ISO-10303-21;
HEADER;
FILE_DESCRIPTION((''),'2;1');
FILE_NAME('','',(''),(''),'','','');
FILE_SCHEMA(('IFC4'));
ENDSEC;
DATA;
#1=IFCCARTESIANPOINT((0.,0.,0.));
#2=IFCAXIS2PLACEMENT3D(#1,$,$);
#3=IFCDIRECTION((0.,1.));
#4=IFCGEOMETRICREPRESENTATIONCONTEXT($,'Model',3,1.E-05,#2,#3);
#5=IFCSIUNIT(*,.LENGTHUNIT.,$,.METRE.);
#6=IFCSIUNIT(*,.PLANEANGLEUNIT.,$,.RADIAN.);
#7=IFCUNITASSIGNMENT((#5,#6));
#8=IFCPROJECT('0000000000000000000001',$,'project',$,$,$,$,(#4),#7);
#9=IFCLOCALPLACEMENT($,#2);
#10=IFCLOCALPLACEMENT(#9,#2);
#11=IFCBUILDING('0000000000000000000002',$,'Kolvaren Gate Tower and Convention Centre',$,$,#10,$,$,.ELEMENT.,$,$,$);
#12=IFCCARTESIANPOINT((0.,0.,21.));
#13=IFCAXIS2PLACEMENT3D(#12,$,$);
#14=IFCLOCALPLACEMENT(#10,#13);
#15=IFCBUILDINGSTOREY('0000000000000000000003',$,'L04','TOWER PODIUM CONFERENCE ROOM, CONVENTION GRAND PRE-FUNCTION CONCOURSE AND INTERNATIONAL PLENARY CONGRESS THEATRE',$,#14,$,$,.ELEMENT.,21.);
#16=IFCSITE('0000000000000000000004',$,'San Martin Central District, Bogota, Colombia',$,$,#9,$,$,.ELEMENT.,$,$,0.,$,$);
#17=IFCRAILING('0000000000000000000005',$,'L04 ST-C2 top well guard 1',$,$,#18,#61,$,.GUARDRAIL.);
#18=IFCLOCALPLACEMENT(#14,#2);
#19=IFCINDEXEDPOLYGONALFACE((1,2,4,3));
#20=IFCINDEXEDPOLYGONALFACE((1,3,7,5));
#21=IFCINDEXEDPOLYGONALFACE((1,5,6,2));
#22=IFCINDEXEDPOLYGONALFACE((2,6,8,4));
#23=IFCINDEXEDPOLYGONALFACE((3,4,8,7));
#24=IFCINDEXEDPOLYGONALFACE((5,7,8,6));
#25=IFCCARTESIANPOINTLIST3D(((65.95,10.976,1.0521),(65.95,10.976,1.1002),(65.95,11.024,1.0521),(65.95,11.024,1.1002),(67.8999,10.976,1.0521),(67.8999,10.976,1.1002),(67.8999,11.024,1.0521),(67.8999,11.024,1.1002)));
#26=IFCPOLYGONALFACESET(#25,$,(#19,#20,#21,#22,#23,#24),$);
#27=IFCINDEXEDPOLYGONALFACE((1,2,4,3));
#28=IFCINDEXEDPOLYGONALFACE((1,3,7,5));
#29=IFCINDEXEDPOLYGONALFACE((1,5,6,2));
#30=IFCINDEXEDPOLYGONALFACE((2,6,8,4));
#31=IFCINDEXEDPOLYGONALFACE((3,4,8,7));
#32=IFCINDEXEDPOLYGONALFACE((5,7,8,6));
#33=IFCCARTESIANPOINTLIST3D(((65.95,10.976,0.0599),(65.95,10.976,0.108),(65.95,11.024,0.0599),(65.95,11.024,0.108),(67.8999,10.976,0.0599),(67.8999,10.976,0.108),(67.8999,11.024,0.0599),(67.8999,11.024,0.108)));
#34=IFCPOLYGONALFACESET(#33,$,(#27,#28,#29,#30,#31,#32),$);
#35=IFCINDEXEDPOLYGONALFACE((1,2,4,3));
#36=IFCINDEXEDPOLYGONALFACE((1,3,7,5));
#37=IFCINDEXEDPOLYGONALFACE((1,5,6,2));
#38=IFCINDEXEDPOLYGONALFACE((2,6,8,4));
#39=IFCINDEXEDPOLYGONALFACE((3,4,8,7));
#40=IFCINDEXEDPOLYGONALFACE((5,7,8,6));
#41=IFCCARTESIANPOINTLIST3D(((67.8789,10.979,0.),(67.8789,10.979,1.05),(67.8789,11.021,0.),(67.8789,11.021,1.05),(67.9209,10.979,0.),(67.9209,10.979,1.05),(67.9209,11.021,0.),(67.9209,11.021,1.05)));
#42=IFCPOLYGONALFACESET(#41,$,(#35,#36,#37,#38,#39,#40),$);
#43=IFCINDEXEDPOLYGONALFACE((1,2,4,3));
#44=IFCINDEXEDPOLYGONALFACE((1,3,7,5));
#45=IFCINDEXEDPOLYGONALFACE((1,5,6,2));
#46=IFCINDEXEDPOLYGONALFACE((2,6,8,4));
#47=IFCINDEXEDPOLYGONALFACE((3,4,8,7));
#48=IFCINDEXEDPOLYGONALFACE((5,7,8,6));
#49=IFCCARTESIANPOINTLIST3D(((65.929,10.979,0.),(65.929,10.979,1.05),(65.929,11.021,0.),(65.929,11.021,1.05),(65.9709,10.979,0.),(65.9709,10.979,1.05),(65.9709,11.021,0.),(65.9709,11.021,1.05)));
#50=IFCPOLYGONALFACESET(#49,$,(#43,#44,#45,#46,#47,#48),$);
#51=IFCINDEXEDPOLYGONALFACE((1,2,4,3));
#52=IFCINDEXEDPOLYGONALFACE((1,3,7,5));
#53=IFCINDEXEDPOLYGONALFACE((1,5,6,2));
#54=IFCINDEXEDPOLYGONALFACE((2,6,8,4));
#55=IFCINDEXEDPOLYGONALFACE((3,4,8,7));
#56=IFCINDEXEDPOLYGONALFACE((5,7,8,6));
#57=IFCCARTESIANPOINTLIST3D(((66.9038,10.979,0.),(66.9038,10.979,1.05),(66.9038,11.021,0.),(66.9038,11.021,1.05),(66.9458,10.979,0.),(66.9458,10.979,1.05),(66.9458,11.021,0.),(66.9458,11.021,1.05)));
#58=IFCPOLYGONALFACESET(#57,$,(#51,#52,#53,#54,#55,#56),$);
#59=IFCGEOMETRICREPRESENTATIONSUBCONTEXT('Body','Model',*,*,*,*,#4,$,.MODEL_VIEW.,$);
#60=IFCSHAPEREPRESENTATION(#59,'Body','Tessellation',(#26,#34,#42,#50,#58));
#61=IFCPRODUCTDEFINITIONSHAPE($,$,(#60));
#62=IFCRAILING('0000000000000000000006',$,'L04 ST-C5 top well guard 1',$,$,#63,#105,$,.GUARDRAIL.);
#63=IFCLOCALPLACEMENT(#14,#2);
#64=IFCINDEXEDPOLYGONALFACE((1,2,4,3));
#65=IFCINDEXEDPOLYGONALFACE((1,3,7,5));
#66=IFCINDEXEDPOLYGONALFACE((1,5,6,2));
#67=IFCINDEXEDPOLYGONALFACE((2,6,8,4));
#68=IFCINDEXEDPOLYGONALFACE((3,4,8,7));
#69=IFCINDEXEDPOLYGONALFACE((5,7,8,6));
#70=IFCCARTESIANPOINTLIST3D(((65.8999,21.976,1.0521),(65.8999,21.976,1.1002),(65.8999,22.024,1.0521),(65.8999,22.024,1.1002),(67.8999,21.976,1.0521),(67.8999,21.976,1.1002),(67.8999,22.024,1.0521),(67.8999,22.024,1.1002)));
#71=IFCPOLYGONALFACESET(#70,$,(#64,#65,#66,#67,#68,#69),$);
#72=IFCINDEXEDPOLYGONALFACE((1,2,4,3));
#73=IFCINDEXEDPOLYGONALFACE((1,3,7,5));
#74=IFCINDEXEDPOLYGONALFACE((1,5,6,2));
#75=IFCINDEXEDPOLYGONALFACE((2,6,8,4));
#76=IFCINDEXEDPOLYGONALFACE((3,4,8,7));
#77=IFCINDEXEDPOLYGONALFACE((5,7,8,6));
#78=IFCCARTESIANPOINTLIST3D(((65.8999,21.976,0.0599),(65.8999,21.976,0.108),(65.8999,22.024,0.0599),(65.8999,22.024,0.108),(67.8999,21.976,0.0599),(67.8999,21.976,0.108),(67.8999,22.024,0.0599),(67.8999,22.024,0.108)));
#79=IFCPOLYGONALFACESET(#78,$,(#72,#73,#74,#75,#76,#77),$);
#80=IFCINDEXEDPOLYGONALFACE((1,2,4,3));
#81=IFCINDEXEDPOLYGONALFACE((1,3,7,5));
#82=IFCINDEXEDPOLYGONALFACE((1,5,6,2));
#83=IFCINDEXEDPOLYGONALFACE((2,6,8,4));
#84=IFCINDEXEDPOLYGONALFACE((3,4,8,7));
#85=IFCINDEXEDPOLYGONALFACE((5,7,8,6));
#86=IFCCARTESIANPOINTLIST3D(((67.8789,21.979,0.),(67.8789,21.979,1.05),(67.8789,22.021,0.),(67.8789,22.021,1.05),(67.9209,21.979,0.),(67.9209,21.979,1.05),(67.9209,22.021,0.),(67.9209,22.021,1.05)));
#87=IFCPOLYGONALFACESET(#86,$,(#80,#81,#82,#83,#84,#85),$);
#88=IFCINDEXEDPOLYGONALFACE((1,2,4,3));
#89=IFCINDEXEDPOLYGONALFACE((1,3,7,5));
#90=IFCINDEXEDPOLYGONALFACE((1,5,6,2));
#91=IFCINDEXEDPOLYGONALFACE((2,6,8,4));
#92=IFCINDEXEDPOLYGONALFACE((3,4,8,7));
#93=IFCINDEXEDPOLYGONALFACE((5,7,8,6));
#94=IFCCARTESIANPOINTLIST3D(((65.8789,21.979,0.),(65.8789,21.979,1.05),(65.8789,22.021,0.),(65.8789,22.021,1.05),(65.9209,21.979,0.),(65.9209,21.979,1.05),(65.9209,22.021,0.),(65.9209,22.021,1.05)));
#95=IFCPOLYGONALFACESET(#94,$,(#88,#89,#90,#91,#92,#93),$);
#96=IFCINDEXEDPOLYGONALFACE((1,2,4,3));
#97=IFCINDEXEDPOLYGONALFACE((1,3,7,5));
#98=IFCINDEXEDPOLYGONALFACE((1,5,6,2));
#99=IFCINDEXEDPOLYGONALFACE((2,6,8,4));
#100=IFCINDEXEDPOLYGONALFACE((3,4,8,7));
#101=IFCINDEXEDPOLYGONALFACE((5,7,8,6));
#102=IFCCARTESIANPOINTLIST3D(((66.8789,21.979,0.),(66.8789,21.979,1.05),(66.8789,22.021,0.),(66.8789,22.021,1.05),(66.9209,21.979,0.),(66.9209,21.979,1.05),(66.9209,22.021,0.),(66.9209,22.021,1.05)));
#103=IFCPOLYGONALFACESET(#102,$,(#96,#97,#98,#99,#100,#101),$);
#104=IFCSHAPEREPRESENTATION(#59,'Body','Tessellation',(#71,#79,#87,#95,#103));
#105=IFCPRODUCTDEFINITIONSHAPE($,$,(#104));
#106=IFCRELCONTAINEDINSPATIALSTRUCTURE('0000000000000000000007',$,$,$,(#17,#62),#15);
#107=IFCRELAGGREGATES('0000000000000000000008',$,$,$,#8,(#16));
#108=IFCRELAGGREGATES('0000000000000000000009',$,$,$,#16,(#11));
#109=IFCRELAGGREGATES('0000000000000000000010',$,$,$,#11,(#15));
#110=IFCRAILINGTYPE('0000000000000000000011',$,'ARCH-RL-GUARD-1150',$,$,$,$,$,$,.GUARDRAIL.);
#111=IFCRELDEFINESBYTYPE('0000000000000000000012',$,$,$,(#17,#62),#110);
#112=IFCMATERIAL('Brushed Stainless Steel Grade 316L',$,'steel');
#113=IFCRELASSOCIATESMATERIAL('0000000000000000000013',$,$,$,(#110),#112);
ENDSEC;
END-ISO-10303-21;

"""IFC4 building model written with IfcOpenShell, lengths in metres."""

from ifc_helpers import new_model, si_unit, direction, frame, origin, origin_2d, place, context, subcontext, project, spatial, rectangle, extrude, material, type_object, element, save


model = new_model("IFC4")

# Units and contexts
model_context = context("Model", 3, precision=1e-05, world=origin(), true_north=direction((0.0, 1.0)))
body_context = subcontext(model_context, "Body", "Model", "MODEL_VIEW")
ifc_project = project(units=[si_unit("LENGTHUNIT", "METRE"), si_unit("PLANEANGLEUNIT", "RADIAN")], contexts=[model_context])

# Site, building, storey
site_placement = place(None, origin())
site = spatial("IfcSite", under=ifc_project, at=site_placement, Name="San Martin Central District, Bogota, Colombia", CompositionType="ELEMENT", RefElevation=0.0)
building_placement = place(site_placement, origin())
building = spatial("IfcBuilding", under=site, at=building_placement, Name="Kolvaren Gate Tower and Convention Centre", CompositionType="ELEMENT")
storey_placement = place(building_placement, frame((0.0, 0.0, 21.0)))
storey = spatial("IfcBuildingStorey", under=building, at=storey_placement, Name="L04", Description="TOWER PODIUM CONFERENCE ROOM, CONVENTION GRAND PRE-FUNCTION CONCOURSE AND INTERNATIONAL PLENARY CONGRESS THEATRE", CompositionType="ELEMENT", Elevation=21.0)

# Railings
ifc_material_1 = material(Name="Brushed Stainless Steel Grade 316L", Category="steel")
railing_type = type_object("IfcRailingType", Name="ARCH-RL-GUARD-1150", PredefinedType="GUARDRAIL", material=ifc_material_1)
railing_1_placement = place(storey_placement, frame((67.8999, 11.0, 0.0)))
element("IfcRailing", 1, at=railing_1_placement, inside=storey, type_object=railing_type, Name="L04 ST-C2 top well guard 1", PredefinedType="GUARDRAIL", context=body_context, shape_type="SweptSolid", body=[
    extrude(rectangle(XDim=0.0481, YDim=0.0481, at=origin_2d()), frame((0.0, 0.0, 1.0762), z_axis=(-1.0, 0.0, 0.0), x_axis=(0.0, -1.0, 0.0)), (0.0, 0.0, 1.0), 1.95),
    extrude(rectangle(XDim=0.0481, YDim=0.0481, at=origin_2d()), frame((0.0, 0.0, 0.084), z_axis=(-1.0, 0.0, 0.0), x_axis=(0.0, -1.0, 0.0)), (0.0, 0.0, 1.0), 1.95),
    extrude(rectangle(XDim=0.042, YDim=0.042, at=origin_2d()), origin(), (0.0, 0.0, 1.0), 1.05),
    extrude(rectangle(XDim=0.042, YDim=0.042, at=origin_2d()), frame((-1.95, 0.0, 0.0)), (0.0, 0.0, 1.0), 1.05),
    extrude(rectangle(XDim=0.042, YDim=0.042, at=origin_2d()), frame((-0.9751, 0.0, 0.0)), (0.0, 0.0, 1.0), 1.05),
])
railing_2_placement = place(storey_placement, frame((67.8999, 22.0, 0.0)))
element("IfcRailing", 2, at=railing_2_placement, inside=storey, type_object=railing_type, Name="L04 ST-C5 top well guard 1", PredefinedType="GUARDRAIL", context=body_context, shape_type="SweptSolid", body=[
    extrude(rectangle(XDim=0.0481, YDim=0.0481, at=origin_2d()), frame((0.0, 0.0, 1.0762), z_axis=(-1.0, 0.0, 0.0), x_axis=(0.0, -1.0, 0.0)), (0.0, 0.0, 1.0), 2.0),
    extrude(rectangle(XDim=0.0481, YDim=0.0481, at=origin_2d()), frame((0.0, 0.0, 0.084), z_axis=(-1.0, 0.0, 0.0), x_axis=(0.0, -1.0, 0.0)), (0.0, 0.0, 1.0), 2.0),
    extrude(rectangle(XDim=0.042, YDim=0.042, at=origin_2d()), origin(), (0.0, 0.0, 1.0), 1.05),
    extrude(rectangle(XDim=0.042, YDim=0.042, at=origin_2d()), frame((-2.0, 0.0, 0.0)), (0.0, 0.0, 1.0), 1.05),
    extrude(rectangle(XDim=0.042, YDim=0.042, at=origin_2d()), frame((-1.0, 0.0, 0.0)), (0.0, 0.0, 1.0), 1.05),
])

save(model, "model.ifc")
